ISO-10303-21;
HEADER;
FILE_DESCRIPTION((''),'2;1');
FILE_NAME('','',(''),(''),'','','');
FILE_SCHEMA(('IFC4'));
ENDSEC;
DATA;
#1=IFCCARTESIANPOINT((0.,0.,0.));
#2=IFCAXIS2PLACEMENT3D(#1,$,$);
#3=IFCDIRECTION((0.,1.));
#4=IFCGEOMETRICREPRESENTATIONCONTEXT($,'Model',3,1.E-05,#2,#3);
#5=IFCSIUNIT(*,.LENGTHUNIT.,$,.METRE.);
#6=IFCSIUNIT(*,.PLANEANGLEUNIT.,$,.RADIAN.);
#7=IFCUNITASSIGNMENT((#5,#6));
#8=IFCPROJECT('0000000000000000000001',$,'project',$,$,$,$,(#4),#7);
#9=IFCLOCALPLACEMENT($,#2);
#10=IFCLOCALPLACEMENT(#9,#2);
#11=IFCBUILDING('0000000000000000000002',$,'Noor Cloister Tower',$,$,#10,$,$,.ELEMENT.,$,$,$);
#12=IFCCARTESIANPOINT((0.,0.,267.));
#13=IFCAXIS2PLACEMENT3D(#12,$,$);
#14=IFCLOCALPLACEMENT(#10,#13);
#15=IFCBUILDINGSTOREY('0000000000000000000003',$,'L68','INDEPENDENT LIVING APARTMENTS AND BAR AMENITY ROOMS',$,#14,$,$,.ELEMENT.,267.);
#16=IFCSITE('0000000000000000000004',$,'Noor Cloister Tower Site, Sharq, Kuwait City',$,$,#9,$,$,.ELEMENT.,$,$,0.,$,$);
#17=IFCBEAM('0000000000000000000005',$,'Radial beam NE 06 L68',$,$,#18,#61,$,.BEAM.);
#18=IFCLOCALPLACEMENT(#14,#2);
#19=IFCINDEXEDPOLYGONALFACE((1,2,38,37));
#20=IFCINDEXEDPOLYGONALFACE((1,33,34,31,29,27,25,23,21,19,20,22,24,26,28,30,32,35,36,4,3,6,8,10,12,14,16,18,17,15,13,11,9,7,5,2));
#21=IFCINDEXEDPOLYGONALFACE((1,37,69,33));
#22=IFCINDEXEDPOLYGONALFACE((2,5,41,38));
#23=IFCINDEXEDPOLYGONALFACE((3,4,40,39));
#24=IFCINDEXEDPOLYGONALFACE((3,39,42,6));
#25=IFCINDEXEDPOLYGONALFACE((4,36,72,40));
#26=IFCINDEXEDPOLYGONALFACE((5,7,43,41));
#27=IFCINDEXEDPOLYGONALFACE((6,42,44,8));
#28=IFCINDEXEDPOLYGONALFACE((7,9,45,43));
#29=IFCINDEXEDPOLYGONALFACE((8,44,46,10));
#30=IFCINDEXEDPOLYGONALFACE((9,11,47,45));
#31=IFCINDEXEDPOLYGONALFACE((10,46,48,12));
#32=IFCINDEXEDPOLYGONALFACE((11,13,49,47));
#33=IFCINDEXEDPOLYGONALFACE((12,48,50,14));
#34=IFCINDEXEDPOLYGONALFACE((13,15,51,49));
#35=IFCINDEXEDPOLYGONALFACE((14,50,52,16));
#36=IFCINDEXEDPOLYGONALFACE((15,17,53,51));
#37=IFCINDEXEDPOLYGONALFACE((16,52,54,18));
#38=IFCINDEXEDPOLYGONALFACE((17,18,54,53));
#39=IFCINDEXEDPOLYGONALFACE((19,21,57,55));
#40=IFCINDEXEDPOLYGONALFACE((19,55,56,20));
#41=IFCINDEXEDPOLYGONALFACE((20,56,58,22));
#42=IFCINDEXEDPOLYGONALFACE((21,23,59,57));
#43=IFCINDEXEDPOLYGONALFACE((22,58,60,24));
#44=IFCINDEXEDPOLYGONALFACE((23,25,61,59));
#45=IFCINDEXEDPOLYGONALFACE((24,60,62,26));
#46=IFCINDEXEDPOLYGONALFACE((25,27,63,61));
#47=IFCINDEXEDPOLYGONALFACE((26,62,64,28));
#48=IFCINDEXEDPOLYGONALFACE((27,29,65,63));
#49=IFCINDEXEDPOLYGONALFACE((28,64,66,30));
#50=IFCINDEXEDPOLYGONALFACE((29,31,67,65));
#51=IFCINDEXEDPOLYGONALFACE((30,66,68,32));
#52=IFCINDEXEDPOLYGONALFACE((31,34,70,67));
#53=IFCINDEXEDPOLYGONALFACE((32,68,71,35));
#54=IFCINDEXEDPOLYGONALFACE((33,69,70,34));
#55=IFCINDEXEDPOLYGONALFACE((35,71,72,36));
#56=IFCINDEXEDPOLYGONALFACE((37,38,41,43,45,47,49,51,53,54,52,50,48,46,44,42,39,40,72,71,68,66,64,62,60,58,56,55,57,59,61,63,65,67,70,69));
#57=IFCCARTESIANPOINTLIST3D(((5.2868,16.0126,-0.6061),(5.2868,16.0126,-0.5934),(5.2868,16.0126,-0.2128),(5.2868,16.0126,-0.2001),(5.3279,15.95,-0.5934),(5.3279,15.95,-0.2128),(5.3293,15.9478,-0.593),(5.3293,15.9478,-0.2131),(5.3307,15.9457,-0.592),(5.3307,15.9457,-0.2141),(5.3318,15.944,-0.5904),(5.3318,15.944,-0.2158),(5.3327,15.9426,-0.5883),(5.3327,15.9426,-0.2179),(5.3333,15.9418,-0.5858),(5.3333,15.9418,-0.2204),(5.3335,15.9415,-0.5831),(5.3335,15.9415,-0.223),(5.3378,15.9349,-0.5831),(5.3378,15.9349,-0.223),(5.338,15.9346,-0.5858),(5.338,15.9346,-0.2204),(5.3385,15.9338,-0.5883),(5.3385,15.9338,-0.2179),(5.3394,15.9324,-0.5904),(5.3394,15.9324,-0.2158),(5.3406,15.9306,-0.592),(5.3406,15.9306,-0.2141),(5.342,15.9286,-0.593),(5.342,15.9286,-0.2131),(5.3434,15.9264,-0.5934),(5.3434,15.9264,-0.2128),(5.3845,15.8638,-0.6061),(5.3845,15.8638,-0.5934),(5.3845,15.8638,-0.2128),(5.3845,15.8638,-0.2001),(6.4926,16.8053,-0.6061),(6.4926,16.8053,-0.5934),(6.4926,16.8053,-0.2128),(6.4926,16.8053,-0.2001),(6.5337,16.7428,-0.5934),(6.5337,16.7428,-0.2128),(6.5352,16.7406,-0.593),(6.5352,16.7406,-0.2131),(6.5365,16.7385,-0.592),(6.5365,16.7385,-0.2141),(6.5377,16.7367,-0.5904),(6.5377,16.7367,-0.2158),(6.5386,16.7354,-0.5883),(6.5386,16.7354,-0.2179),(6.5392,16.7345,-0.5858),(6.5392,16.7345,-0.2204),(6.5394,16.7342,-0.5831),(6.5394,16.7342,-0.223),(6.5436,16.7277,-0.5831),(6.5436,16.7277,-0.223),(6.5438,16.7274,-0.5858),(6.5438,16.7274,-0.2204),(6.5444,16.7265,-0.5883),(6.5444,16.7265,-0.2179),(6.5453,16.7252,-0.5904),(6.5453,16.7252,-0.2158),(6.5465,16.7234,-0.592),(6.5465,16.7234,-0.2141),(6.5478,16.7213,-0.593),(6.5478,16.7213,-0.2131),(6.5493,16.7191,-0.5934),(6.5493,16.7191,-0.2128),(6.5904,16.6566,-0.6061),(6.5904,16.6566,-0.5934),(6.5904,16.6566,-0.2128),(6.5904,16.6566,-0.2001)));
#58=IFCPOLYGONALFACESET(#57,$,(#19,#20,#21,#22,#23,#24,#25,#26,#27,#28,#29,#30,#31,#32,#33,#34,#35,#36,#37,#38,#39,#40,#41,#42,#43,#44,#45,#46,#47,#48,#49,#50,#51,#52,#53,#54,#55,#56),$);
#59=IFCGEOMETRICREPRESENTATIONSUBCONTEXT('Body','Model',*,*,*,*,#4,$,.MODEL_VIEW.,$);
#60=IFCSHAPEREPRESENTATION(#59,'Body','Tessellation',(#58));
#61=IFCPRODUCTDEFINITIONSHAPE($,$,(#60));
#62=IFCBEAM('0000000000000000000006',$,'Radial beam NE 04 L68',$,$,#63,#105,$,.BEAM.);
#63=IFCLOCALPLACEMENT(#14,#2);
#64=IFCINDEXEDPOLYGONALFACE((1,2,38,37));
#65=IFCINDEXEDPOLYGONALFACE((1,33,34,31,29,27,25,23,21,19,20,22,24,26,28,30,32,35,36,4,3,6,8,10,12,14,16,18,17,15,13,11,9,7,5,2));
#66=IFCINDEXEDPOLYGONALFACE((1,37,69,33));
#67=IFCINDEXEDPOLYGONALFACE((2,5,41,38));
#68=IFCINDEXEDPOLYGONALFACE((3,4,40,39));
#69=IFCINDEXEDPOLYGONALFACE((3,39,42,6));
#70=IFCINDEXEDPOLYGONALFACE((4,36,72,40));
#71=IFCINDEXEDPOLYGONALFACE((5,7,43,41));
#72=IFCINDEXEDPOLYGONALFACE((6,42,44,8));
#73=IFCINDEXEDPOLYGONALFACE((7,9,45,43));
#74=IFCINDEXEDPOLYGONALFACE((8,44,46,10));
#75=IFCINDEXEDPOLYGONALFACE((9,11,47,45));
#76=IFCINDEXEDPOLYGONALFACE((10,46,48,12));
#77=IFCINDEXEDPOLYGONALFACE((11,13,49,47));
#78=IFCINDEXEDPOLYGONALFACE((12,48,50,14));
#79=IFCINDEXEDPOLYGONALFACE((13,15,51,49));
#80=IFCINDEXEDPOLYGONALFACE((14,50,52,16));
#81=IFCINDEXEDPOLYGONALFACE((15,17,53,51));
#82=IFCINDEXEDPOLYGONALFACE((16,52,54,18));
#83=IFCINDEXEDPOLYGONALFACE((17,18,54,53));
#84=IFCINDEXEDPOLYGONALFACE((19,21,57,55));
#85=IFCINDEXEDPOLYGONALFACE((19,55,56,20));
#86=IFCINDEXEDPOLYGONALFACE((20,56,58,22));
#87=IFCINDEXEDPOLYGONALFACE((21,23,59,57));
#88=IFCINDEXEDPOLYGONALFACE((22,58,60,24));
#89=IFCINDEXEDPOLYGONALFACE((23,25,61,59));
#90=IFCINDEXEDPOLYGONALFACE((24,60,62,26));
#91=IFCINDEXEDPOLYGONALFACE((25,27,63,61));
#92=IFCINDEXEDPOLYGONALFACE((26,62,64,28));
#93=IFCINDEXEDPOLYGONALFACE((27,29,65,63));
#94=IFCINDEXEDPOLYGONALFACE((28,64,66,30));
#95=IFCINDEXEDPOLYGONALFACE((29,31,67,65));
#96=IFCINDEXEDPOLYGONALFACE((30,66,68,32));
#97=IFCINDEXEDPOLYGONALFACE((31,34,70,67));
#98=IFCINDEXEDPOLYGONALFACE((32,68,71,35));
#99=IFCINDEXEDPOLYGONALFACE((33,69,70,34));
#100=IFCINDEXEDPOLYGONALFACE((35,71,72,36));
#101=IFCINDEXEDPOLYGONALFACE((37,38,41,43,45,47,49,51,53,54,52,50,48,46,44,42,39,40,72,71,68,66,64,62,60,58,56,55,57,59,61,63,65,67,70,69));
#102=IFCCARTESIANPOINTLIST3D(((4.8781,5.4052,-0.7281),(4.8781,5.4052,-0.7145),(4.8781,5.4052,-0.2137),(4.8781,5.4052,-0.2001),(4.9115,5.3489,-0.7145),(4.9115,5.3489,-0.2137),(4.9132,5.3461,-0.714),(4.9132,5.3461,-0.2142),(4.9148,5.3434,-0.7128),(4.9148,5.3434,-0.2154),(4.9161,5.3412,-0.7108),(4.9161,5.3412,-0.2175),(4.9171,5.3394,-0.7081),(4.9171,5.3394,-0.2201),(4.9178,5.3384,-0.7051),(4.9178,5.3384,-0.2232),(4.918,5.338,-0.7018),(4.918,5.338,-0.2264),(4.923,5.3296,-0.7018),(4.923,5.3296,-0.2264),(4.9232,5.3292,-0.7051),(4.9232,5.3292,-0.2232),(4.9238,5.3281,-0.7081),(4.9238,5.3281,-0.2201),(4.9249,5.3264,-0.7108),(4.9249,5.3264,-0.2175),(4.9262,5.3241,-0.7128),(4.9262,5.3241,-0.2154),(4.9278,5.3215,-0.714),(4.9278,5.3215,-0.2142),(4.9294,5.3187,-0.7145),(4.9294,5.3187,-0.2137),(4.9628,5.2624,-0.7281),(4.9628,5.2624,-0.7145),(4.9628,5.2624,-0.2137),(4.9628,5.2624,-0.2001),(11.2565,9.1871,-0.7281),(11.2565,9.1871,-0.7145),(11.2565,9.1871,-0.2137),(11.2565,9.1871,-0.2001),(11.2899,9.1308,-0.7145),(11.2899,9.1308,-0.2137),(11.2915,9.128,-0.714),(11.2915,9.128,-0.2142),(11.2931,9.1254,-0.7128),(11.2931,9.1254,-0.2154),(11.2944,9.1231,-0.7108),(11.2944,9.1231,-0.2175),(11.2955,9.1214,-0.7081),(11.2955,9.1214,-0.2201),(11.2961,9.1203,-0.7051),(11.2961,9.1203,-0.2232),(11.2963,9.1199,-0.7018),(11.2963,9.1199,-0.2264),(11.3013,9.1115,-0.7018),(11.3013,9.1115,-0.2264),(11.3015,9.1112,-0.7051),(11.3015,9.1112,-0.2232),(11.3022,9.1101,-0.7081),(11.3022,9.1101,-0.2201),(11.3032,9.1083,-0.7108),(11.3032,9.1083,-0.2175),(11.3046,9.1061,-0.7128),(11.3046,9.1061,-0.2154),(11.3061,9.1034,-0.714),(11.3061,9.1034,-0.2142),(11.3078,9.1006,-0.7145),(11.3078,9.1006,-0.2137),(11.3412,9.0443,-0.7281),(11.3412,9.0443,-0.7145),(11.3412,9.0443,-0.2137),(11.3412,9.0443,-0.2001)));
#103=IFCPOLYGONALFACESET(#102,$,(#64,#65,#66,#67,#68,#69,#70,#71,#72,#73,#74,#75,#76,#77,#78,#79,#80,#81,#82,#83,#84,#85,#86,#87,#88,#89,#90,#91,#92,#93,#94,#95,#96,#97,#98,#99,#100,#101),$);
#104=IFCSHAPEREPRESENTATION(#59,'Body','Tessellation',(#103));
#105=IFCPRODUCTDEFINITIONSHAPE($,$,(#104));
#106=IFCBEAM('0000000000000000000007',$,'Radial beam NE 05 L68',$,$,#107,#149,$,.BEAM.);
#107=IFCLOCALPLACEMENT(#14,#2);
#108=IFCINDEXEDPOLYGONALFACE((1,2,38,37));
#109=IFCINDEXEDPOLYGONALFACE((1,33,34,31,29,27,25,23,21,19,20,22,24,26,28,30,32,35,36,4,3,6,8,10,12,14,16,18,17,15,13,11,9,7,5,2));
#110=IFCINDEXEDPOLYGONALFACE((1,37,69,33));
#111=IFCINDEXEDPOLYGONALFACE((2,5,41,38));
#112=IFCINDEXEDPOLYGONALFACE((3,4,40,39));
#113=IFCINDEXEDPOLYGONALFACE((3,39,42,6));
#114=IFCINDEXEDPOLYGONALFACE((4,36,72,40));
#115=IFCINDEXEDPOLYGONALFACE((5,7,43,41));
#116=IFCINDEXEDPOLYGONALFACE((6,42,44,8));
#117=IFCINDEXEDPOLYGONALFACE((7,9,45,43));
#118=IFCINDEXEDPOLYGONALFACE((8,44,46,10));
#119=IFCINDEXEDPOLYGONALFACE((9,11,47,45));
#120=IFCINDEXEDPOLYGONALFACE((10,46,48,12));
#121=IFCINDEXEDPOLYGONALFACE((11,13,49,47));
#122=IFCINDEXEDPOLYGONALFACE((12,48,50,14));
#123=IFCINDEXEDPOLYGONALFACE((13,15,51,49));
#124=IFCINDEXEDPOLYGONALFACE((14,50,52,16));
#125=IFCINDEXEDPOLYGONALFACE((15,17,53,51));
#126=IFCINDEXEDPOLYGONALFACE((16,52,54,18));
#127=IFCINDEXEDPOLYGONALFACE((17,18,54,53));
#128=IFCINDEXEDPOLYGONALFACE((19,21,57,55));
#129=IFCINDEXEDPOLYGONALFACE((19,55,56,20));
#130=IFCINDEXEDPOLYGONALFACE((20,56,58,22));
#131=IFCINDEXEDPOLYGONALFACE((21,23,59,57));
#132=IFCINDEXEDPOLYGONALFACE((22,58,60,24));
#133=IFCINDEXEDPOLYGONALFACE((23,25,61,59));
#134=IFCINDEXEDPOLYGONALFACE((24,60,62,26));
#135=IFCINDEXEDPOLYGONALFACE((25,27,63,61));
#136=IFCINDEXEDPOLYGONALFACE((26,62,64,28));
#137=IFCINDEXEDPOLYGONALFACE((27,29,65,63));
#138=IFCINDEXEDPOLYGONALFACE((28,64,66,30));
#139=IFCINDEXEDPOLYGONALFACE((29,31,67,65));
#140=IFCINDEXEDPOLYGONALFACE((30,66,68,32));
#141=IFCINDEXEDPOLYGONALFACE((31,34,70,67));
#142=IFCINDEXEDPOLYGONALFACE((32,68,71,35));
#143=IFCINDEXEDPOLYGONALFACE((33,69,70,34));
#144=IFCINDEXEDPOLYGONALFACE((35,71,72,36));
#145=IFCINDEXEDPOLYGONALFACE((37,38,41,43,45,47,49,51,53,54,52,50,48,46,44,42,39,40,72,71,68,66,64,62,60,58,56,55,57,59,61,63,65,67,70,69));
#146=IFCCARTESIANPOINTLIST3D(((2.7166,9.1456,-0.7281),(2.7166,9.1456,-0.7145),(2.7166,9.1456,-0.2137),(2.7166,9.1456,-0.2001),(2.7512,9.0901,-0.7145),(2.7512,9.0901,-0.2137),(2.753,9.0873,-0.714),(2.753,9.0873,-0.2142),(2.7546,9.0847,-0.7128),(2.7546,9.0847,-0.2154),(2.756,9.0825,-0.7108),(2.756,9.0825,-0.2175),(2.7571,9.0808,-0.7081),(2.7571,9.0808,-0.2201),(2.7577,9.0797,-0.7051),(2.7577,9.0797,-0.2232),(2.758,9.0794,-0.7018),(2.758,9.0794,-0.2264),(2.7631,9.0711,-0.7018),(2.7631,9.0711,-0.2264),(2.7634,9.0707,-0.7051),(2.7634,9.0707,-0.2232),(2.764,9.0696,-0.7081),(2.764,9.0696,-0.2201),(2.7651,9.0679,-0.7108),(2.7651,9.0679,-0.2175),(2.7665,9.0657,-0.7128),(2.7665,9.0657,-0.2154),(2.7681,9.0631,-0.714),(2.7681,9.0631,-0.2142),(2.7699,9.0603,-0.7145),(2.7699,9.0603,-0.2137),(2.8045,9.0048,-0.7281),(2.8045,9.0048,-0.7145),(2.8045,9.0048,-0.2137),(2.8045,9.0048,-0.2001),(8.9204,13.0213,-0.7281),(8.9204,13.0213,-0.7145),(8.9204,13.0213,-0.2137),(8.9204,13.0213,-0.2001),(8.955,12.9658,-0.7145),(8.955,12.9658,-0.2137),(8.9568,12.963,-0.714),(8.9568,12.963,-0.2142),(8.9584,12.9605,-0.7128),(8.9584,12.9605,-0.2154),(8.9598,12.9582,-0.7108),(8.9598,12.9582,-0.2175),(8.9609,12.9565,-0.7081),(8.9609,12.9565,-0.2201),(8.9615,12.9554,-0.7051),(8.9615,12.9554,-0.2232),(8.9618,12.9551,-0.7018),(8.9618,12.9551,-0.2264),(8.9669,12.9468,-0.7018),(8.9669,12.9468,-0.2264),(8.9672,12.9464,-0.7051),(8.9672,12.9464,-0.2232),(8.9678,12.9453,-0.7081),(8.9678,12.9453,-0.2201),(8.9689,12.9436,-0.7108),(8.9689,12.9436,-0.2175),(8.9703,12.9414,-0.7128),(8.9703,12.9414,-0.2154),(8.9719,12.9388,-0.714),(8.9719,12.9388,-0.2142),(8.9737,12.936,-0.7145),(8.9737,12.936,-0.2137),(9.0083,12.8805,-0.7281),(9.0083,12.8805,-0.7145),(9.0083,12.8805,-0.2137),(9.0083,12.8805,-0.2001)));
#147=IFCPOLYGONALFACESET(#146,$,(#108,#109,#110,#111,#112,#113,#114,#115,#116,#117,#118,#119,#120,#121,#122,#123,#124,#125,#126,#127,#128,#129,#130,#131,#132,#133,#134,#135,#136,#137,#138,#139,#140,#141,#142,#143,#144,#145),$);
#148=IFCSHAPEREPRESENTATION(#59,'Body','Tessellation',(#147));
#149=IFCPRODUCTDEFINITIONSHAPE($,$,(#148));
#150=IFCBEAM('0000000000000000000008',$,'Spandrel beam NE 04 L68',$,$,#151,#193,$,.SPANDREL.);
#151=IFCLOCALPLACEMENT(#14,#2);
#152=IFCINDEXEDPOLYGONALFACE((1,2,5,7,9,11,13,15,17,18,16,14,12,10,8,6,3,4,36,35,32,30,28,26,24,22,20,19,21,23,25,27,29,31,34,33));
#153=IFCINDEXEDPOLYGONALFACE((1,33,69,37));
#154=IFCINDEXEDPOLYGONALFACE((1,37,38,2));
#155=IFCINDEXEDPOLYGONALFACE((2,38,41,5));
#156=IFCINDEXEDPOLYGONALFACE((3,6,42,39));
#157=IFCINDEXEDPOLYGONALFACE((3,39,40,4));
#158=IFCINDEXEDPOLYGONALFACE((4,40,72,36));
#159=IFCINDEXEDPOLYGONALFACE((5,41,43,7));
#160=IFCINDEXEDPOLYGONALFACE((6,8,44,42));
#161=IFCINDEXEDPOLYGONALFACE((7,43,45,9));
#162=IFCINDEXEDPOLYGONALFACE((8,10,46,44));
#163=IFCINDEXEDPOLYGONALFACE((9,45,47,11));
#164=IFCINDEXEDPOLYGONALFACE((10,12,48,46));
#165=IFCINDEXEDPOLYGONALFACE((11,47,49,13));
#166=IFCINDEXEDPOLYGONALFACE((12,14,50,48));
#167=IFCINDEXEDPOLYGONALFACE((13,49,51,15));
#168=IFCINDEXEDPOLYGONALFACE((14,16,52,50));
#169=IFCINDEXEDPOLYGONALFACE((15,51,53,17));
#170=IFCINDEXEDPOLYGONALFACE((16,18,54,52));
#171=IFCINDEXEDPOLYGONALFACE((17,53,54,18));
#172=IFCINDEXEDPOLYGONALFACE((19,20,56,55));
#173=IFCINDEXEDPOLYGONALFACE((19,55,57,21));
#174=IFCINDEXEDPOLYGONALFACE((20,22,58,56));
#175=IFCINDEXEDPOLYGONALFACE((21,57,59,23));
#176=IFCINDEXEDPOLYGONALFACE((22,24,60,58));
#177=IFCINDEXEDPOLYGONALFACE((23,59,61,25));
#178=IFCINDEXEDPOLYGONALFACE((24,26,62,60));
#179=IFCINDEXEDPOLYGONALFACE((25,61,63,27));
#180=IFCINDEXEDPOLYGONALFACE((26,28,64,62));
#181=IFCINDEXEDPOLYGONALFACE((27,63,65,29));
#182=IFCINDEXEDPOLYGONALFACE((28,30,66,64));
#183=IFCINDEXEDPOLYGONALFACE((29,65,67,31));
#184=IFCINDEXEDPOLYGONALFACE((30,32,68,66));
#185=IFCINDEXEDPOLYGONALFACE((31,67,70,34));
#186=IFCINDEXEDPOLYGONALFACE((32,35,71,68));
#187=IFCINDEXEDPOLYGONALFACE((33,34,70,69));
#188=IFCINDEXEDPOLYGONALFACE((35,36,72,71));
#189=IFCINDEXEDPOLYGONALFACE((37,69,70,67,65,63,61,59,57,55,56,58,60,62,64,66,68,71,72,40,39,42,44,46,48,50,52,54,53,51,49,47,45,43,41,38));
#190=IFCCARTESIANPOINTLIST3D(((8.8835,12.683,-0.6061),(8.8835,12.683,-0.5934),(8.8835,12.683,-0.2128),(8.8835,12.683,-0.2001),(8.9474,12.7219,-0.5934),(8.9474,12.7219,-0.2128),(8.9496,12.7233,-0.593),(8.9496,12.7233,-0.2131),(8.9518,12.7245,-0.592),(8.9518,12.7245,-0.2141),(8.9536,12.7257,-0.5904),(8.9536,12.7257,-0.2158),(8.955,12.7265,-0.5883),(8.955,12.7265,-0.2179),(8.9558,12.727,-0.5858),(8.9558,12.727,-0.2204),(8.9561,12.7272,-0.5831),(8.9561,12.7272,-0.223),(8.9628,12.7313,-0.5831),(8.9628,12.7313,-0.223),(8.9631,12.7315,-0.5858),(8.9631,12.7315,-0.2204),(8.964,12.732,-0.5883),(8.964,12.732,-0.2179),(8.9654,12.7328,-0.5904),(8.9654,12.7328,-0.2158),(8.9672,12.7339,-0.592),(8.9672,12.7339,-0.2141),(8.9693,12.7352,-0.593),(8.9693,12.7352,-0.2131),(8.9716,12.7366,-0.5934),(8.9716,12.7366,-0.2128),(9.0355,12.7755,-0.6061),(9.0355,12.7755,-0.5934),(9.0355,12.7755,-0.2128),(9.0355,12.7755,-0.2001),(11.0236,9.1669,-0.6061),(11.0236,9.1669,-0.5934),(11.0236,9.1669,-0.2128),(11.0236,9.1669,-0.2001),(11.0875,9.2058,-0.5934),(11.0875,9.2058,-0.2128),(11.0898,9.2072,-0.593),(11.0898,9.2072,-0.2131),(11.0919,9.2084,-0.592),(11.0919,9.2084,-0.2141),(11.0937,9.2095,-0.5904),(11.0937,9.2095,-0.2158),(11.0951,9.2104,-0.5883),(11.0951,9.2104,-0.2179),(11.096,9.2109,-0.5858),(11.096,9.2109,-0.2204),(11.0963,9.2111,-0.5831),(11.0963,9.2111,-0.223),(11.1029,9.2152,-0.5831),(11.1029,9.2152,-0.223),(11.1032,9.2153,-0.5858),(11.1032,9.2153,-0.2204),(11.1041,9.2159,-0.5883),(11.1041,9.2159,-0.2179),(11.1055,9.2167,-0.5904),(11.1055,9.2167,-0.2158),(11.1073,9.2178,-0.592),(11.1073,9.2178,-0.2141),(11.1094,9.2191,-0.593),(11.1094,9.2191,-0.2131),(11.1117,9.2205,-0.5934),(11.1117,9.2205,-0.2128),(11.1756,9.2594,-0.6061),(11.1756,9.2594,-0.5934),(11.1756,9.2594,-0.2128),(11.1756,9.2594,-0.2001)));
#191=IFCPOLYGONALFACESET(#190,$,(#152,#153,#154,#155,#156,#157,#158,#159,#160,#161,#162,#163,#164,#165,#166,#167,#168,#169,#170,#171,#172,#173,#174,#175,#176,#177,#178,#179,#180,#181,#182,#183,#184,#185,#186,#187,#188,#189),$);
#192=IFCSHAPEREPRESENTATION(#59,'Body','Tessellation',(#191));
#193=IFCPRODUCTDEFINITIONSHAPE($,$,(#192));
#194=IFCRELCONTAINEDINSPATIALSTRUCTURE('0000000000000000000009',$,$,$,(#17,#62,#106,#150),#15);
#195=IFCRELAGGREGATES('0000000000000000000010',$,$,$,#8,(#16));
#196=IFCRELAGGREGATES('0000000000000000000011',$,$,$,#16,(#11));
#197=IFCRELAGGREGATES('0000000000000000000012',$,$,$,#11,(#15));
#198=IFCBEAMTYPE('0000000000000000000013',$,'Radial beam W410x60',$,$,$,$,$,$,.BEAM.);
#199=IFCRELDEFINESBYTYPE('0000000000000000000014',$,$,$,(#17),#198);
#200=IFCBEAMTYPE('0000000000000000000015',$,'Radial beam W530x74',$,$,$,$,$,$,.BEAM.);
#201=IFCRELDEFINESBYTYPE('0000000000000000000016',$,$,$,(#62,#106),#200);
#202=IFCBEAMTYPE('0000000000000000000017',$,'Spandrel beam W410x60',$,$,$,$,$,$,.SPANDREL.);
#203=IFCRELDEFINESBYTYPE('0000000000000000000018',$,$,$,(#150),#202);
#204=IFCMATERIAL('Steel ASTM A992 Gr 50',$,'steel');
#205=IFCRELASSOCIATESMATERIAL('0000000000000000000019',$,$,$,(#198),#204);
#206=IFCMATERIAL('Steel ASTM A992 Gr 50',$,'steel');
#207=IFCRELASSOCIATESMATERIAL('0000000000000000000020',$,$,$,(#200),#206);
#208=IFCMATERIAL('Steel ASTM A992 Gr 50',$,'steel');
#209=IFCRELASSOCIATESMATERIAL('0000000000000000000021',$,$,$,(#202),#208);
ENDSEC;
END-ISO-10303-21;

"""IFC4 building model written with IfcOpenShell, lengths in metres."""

from ifc_helpers import new_model, si_unit, direction, frame, origin, origin_2d, place, context, subcontext, project, spatial, i_section, extrude, material, material_profile, profile_set, type_object, element, save


model = new_model("IFC4")

# Units and contexts
model_context = context("Model", 3, precision=1e-05, world=origin(), true_north=direction((0.0, 1.0)))
body_context = subcontext(model_context, "Body", "Model", "MODEL_VIEW")
ifc_project = project(units=[si_unit("LENGTHUNIT", "METRE"), si_unit("PLANEANGLEUNIT", "RADIAN")], contexts=[model_context])

# Site, building, storey
site_placement = place(None, origin())
site = spatial("IfcSite", under=ifc_project, at=site_placement, Name="Noor Cloister Tower Site, Sharq, Kuwait City", CompositionType="ELEMENT", RefElevation=0.0)
building_placement = place(site_placement, origin())
building = spatial("IfcBuilding", under=site, at=building_placement, Name="Noor Cloister Tower", CompositionType="ELEMENT")
storey_placement = place(building_placement, frame((0.0, 0.0, 267.0)))
storey = spatial("IfcBuildingStorey", under=building, at=storey_placement, Name="L68", Description="INDEPENDENT LIVING APARTMENTS AND BAR AMENITY ROOMS", CompositionType="ELEMENT", Elevation=267.0)

# Beams
ifc_material_1 = material(Name="Steel ASTM A992 Gr 50", Category="steel")
ifc_material_profile_1 = material_profile(ifc_material_1, i_section(OverallWidth=0.178, OverallDepth=0.406, WebThickness=0.0078, FlangeThickness=0.0127, FilletRadius=0.0103, at=origin_2d()), Name="W410x60")
ifc_profile_set_1 = profile_set([ifc_material_profile_1], Name="Steel ASTM A992 Gr 50")
beam_type_1 = type_object("IfcBeamType", Name="Radial beam W410x60", PredefinedType="BEAM", material=ifc_profile_set_1)
beam_1_placement = place(storey_placement, frame((6.5415, 16.731, -0.4031), z_axis=(-0.835599, -0.54934, 0.0), x_axis=(0.54934, -0.835599, 0.0)))
element("IfcBeam", 1, at=beam_1_placement, inside=storey, type_object=beam_type_1, Name="Radial beam NE 06 L68", PredefinedType="BEAM", context=body_context, shape_type="SweptSolid", body=[
    extrude(i_section(OverallWidth=0.178, OverallDepth=0.406, WebThickness=0.0078, FlangeThickness=0.0127, FilletRadius=0.0103, at=origin_2d()), origin(), (0.0, 0.0, 1.0), 1.4431),
])
ifc_material_2 = material(Name="Steel ASTM A992 Gr 50", Category="steel")
ifc_material_profile_2 = material_profile(ifc_material_2, i_section(OverallWidth=0.166, OverallDepth=0.5281, WebThickness=0.0098, FlangeThickness=0.0137, FilletRadius=0.0127, at=origin_2d()), Name="W530x74")
ifc_profile_set_2 = profile_set([ifc_material_profile_2], Name="Steel ASTM A992 Gr 50")
beam_type_2 = type_object("IfcBeamType", Name="Radial beam W530x74", PredefinedType="BEAM", material=ifc_profile_set_2)
beam_2_placement = place(storey_placement, frame((11.2988, 9.1157, -0.4641), z_axis=(-0.860163, -0.51002, 0.0), x_axis=(0.51002, -0.860163, 0.0)))
element("IfcBeam", 2, at=beam_2_placement, inside=storey, type_object=beam_type_2, Name="Radial beam NE 04 L68", PredefinedType="BEAM", context=body_context, shape_type="SweptSolid", body=[
    extrude(i_section(OverallWidth=0.166, OverallDepth=0.5281, WebThickness=0.0098, FlangeThickness=0.0137, FilletRadius=0.0127, at=origin_2d()), origin(), (0.0, 0.0, 1.0), 7.4153),
])
beam_3_placement = place(storey_placement, frame((8.9644, 12.9509, -0.4641), z_axis=(-0.848101, -0.529834, 0.0), x_axis=(0.529834, -0.848101, 0.0)))
element("IfcBeam", 3, at=beam_3_placement, inside=storey, type_object=beam_type_2, Name="Radial beam NE 05 L68", PredefinedType="BEAM", context=body_context, shape_type="SweptSolid", body=[
    extrude(i_section(OverallWidth=0.166, OverallDepth=0.5281, WebThickness=0.0098, FlangeThickness=0.0137, FilletRadius=0.0127, at=origin_2d()), origin(), (0.0, 0.0, 1.0), 7.3149),
])
ifc_material_3 = material(Name="Steel ASTM A992 Gr 50", Category="steel")
ifc_material_profile_3 = material_profile(ifc_material_3, i_section(OverallWidth=0.178, OverallDepth=0.406, WebThickness=0.0078, FlangeThickness=0.0127, FilletRadius=0.0103, at=origin_2d()), Name="W410x60")
ifc_profile_set_3 = profile_set([ifc_material_profile_3], Name="Steel ASTM A992 Gr 50")
beam_type_3 = type_object("IfcBeamType", Name="Spandrel beam W410x60", PredefinedType="SPANDREL", material=ifc_profile_set_3)
for number, where, z_axis, x_axis, name in (
    (4, (11.0996, 9.2131, -0.4031), (-0.519928, 0.85421, 0.0), (-0.85421, -0.519928, 0.0), "Spandrel beam NE 04 L68"),
):
    element("IfcBeam", number, at=place(storey_placement, frame(where, z_axis=z_axis, x_axis=x_axis)), inside=storey, type_object=beam_type_3, Name=name, PredefinedType="SPANDREL", context=body_context, shape_type="SweptSolid", body=[
        extrude(i_section(OverallWidth=0.178, OverallDepth=0.406, WebThickness=0.0078, FlangeThickness=0.0127, FilletRadius=0.0103, at=origin_2d()), origin(), (0.0, 0.0, 1.0), 4.1162),
    ])

save(model, "model.ifc")
